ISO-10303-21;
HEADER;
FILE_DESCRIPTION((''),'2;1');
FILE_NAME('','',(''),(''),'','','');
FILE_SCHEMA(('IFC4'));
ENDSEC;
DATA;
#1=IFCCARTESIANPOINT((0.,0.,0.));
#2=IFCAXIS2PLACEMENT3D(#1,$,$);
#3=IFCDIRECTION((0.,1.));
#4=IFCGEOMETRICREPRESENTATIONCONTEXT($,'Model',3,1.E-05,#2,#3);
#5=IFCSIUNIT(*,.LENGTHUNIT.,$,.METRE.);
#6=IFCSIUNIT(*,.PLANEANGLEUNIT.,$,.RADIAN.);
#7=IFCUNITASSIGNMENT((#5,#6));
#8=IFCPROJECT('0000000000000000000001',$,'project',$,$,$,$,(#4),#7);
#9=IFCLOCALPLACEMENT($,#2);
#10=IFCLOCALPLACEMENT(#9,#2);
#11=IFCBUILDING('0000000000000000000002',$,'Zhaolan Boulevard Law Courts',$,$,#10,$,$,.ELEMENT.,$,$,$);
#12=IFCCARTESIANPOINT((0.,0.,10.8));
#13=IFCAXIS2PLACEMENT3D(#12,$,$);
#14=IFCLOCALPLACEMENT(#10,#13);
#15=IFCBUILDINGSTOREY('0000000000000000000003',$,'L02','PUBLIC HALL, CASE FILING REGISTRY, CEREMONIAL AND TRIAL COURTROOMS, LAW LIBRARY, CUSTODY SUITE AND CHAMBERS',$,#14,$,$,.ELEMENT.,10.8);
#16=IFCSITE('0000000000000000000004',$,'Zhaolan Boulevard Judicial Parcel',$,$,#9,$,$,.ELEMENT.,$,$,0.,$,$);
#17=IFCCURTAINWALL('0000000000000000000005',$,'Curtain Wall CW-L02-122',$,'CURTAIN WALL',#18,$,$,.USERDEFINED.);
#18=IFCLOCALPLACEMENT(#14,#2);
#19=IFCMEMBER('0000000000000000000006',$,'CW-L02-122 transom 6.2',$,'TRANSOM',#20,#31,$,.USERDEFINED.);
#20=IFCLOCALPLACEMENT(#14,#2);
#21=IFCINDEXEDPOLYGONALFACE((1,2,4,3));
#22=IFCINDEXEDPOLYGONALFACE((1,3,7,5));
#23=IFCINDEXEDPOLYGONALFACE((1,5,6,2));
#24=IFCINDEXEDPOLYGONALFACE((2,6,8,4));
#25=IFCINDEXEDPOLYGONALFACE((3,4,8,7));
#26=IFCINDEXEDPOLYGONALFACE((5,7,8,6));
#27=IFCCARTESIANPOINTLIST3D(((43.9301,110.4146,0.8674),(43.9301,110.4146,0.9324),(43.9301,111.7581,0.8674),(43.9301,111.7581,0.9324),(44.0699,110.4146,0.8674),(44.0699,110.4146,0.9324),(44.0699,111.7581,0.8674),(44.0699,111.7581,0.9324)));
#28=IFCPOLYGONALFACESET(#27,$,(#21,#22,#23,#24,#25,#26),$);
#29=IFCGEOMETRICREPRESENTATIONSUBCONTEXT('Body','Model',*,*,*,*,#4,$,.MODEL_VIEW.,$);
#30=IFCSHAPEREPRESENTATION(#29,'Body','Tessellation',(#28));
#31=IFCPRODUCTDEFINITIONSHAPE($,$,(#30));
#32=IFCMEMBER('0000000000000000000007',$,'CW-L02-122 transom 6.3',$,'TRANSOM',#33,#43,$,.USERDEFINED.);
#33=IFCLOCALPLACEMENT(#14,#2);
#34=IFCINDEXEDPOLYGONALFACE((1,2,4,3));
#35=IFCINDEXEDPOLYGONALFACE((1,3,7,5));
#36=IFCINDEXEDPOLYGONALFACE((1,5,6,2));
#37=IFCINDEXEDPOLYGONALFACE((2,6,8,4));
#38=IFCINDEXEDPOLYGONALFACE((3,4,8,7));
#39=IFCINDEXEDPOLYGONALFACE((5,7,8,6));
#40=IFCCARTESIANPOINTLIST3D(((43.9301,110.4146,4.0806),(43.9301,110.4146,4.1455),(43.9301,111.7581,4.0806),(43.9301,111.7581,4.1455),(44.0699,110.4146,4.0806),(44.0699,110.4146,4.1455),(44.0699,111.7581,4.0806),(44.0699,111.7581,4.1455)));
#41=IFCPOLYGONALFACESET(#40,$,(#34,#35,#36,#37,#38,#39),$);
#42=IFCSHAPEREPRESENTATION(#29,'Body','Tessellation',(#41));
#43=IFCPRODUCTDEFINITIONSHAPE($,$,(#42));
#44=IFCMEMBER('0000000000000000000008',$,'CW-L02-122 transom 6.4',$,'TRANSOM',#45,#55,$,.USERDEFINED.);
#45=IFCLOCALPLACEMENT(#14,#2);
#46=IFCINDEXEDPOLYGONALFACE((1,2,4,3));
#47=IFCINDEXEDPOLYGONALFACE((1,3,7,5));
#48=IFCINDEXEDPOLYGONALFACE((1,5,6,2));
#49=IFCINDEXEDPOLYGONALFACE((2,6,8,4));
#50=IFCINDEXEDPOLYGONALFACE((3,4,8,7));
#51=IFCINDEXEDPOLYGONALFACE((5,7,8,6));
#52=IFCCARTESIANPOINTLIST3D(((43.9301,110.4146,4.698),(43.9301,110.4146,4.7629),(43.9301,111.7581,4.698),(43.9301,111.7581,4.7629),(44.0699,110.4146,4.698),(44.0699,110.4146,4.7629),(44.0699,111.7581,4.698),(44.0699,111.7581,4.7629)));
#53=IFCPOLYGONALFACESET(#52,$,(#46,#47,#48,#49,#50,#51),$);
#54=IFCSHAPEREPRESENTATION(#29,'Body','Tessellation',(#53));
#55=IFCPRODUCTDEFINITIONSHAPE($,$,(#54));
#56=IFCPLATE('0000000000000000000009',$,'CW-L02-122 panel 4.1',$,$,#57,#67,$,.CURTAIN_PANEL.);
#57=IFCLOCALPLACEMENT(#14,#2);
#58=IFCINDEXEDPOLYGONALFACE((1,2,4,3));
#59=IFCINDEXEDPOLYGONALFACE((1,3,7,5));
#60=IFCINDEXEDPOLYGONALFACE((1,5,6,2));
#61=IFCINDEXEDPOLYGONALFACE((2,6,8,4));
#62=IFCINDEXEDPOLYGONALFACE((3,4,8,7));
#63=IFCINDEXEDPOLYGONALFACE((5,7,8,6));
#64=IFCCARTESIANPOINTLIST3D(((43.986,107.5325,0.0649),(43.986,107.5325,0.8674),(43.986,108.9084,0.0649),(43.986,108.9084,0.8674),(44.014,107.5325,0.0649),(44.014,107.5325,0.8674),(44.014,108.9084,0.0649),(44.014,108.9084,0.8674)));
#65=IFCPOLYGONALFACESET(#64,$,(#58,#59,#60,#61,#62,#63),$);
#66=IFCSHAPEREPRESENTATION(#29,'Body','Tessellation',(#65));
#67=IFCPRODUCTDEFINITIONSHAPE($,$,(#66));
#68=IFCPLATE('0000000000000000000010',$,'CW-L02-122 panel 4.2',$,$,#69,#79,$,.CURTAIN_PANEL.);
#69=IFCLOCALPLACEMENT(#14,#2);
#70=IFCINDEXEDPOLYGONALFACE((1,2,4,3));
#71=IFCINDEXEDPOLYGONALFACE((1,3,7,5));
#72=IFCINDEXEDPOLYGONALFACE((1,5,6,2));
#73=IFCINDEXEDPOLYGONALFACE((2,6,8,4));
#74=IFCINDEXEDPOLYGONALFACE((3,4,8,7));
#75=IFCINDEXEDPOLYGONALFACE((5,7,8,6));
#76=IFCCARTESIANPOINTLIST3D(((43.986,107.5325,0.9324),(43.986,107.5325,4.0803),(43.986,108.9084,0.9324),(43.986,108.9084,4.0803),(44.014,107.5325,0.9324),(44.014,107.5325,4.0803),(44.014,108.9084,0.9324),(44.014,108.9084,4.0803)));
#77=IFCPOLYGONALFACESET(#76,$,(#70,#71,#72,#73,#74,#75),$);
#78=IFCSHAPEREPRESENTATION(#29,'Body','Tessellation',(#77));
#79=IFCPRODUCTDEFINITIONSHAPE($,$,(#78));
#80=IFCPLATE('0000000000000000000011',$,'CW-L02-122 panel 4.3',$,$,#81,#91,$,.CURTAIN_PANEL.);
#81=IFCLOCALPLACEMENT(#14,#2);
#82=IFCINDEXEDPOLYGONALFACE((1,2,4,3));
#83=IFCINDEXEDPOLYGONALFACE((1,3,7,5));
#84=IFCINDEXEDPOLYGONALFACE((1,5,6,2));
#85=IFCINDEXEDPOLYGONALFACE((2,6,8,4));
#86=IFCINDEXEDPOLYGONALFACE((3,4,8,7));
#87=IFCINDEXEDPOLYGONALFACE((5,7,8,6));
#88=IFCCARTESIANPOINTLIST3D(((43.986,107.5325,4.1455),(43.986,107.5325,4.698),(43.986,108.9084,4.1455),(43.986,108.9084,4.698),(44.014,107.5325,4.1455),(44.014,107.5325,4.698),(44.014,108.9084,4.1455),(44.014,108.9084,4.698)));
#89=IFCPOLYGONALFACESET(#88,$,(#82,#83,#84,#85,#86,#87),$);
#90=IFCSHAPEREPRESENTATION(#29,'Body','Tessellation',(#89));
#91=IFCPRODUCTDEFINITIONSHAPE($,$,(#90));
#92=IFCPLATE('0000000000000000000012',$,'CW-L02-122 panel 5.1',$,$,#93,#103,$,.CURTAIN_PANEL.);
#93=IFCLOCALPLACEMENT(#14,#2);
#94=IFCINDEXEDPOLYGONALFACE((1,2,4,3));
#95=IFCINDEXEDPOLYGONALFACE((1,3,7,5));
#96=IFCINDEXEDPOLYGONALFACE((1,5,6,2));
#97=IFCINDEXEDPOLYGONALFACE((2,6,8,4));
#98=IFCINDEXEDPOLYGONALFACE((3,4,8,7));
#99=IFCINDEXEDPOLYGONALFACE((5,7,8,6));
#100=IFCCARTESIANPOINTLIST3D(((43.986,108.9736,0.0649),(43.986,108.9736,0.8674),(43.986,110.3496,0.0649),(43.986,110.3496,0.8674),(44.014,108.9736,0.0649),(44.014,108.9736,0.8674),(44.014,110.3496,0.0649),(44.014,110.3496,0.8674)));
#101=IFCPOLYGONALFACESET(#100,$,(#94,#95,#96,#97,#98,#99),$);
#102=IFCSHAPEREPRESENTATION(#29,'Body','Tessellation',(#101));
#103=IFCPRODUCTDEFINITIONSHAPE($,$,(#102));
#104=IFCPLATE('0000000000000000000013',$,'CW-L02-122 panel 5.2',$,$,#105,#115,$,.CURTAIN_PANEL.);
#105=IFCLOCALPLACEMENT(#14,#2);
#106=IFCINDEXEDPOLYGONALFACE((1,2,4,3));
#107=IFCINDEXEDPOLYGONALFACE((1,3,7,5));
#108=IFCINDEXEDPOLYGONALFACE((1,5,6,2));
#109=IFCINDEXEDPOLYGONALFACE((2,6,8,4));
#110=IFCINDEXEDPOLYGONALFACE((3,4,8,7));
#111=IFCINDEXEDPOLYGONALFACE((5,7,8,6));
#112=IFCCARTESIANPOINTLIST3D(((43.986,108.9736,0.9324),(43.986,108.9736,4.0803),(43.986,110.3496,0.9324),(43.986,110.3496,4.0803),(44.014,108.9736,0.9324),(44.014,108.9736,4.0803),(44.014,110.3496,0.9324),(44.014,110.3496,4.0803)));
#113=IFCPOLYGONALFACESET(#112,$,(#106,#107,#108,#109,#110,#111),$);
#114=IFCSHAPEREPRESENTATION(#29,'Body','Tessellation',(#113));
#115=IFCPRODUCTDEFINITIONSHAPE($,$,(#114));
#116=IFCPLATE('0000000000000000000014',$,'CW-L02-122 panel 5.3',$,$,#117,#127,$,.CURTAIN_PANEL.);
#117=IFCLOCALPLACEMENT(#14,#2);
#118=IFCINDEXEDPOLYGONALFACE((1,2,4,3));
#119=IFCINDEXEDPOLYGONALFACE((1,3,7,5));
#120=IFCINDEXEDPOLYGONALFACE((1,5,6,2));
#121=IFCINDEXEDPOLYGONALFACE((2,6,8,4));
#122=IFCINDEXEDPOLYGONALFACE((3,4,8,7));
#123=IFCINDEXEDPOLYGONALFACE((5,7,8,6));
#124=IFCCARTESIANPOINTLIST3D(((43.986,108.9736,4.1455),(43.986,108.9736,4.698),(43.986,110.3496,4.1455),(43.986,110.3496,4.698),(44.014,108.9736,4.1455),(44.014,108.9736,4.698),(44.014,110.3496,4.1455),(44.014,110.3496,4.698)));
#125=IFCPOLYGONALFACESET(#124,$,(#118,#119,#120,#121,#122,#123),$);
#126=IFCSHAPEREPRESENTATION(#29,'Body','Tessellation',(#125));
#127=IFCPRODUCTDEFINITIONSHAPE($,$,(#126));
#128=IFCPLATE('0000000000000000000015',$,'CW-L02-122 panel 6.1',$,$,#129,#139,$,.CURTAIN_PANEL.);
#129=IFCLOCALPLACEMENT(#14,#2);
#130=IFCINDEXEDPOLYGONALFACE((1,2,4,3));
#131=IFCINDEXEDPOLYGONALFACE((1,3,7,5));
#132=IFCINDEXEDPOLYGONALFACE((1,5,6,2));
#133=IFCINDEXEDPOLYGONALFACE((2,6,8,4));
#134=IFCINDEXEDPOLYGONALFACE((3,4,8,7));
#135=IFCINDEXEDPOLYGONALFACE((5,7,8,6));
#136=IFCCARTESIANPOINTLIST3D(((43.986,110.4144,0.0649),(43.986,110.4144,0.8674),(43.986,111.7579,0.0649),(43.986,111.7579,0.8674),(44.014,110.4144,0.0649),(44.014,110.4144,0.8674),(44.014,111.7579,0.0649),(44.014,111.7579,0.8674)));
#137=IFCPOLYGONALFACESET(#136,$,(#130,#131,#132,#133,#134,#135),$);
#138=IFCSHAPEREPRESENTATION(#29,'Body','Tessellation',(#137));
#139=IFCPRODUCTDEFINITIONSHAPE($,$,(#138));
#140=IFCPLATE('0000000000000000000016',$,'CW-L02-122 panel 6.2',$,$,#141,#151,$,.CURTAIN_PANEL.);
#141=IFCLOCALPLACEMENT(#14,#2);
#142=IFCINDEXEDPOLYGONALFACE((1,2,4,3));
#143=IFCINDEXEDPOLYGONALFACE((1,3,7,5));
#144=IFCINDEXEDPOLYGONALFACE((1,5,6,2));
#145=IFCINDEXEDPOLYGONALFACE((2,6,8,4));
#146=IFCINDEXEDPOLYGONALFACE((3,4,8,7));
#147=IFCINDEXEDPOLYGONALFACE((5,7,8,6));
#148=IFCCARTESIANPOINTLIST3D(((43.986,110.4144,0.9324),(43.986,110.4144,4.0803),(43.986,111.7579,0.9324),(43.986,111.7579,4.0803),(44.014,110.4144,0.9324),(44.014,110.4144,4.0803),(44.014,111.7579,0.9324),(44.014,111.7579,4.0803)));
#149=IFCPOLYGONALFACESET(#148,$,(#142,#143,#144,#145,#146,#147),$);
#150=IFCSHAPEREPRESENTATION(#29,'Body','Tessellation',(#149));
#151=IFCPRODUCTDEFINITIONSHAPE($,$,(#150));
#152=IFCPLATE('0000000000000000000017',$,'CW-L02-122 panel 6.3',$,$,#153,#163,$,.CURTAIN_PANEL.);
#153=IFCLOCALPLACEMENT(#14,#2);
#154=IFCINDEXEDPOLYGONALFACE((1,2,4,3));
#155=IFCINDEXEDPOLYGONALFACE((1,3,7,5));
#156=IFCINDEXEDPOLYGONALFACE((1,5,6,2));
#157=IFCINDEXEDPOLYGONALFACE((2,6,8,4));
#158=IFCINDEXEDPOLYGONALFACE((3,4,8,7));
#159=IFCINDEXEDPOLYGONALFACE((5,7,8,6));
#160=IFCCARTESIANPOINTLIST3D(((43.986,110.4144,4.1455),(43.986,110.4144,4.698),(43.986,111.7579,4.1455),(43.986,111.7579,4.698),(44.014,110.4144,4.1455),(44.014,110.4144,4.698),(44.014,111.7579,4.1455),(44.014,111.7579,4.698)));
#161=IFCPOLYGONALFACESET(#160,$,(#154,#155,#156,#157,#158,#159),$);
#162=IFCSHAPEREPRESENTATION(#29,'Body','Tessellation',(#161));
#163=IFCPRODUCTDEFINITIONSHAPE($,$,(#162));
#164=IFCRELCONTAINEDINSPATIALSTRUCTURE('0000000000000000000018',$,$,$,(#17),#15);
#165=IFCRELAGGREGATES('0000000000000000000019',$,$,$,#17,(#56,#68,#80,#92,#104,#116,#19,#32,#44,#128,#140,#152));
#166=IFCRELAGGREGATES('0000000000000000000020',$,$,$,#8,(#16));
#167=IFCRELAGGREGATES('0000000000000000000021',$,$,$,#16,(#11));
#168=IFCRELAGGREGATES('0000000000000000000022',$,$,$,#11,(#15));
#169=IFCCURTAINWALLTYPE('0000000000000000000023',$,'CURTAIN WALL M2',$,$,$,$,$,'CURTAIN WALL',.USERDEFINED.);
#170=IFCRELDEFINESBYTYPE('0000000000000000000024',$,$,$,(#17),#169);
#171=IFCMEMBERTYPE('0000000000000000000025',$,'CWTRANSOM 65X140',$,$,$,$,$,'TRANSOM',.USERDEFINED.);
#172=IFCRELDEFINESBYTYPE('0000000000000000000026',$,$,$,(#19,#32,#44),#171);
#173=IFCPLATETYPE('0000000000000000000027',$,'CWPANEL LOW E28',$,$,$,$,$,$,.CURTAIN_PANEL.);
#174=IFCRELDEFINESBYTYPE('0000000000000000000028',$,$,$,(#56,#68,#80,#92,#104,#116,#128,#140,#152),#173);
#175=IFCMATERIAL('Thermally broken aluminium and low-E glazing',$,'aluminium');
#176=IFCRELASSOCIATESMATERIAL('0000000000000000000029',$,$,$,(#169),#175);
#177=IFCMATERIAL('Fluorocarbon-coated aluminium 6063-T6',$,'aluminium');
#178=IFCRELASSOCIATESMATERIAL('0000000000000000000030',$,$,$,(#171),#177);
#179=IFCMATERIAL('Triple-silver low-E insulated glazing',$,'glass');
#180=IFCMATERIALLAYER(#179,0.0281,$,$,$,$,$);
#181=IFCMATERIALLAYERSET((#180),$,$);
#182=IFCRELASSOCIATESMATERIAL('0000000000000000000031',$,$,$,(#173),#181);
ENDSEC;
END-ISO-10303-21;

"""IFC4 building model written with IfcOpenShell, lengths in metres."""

from ifc_helpers import new_model, si_unit, direction, frame, origin, origin_2d, place, context, subcontext, project, spatial, rectangle, extrude, material, layer, layer_set, material_profile, profile_set, type_object, element, aggregate, save


model = new_model("IFC4")

# Units and contexts
model_context = context("Model", 3, precision=1e-05, world=origin(), true_north=direction((0.0, 1.0)))
body_context = subcontext(model_context, "Body", "Model", "MODEL_VIEW")
ifc_project = project(units=[si_unit("LENGTHUNIT", "METRE"), si_unit("PLANEANGLEUNIT", "RADIAN")], contexts=[model_context])

# Site, building, storey
site_placement = place(None, origin())
site = spatial("IfcSite", under=ifc_project, at=site_placement, Name="Zhaolan Boulevard Judicial Parcel", CompositionType="ELEMENT", RefElevation=0.0)
building_placement = place(site_placement, origin())
building = spatial("IfcBuilding", under=site, at=building_placement, Name="Zhaolan Boulevard Law Courts", CompositionType="ELEMENT")
storey_placement = place(building_placement, frame((0.0, 0.0, 10.8)))
storey = spatial("IfcBuildingStorey", under=building, at=storey_placement, Name="L02", Description="PUBLIC HALL, CASE FILING REGISTRY, CEREMONIAL AND TRIAL COURTROOMS, LAW LIBRARY, CUSTODY SUITE AND CHAMBERS", CompositionType="ELEMENT", Elevation=10.8)

# Curtain wall, members, plates
ifc_material_1 = material(Name="Thermally broken aluminium and low-E glazing", Category="aluminium")
curtain_wall_type = type_object("IfcCurtainWallType", Name="CURTAIN WALL M2", ElementType="CURTAIN WALL", PredefinedType="USERDEFINED", material=ifc_material_1)
curtain_wall_placement = place(storey_placement, origin())
curtain_wall = element("IfcCurtainWall", 1, at=curtain_wall_placement, inside=storey, type_object=curtain_wall_type, Name="Curtain Wall CW-L02-122", ObjectType="CURTAIN WALL", PredefinedType="USERDEFINED")
ifc_material_2 = material(Name="Fluorocarbon-coated aluminium 6063-T6", Category="aluminium")
ifc_material_profile_1 = material_profile(ifc_material_2, rectangle(XDim=0.1399, YDim=0.0649, at=origin_2d()), Name="AL65x140")
ifc_profile_set_1 = profile_set([ifc_material_profile_1], Name="Fluorocarbon-coated aluminium 6063-T6")
member_type_1 = type_object("IfcMemberType", Name="CWTRANSOM 65X140", ElementType="TRANSOM", PredefinedType="USERDEFINED", material=ifc_profile_set_1)
member_1_placement = place(storey_placement, frame((44.0, 110.4146, 0.8999), z_axis=(0.0, 1.0, 0.0), x_axis=(-1.0, 0.0, 0.0)))
member_1 = element("IfcMember", 2, at=member_1_placement, type_object=member_type_1, Name="CW-L02-122 transom 6.2", ObjectType="TRANSOM", PredefinedType="USERDEFINED", context=body_context, shape_type="SweptSolid", body=[
    extrude(rectangle(XDim=0.1399, YDim=0.0649, at=origin_2d()), origin(), (0.0, 0.0, 1.0), 1.3435),
])
member_2_placement = place(storey_placement, frame((44.0, 110.4146, 4.113), z_axis=(0.0, 1.0, 0.0), x_axis=(-1.0, 0.0, 0.0)))
member_2 = element("IfcMember", 3, at=member_2_placement, type_object=member_type_1, Name="CW-L02-122 transom 6.3", ObjectType="TRANSOM", PredefinedType="USERDEFINED", context=body_context, shape_type="SweptSolid", body=[
    extrude(rectangle(XDim=0.1399, YDim=0.0649, at=origin_2d()), origin(), (0.0, 0.0, 1.0), 1.3435),
])
member_3_placement = place(storey_placement, frame((44.0, 110.4146, 4.7305), z_axis=(0.0, 1.0, 0.0), x_axis=(-1.0, 0.0, 0.0)))
member_3 = element("IfcMember", 4, at=member_3_placement, type_object=member_type_1, Name="CW-L02-122 transom 6.4", ObjectType="TRANSOM", PredefinedType="USERDEFINED", context=body_context, shape_type="SweptSolid", body=[
    extrude(rectangle(XDim=0.1399, YDim=0.0649, at=origin_2d()), origin(), (0.0, 0.0, 1.0), 1.3435),
])
ifc_material_3 = material(Name="Triple-silver low-E insulated glazing", Category="glass")
ifc_layer = layer(ifc_material_3, 0.0281)
ifc_layer_set = layer_set([ifc_layer])
plate_type = type_object("IfcPlateType", Name="CWPANEL LOW E28", PredefinedType="CURTAIN_PANEL", material=ifc_layer_set)
plate_1_placement = place(storey_placement, frame((44.0, 108.2205, 0.0649), z_axis=(0.0, 0.0, 1.0), x_axis=(0.0, 1.0, 0.0)))
plate_1 = element("IfcPlate", 5, at=plate_1_placement, type_object=plate_type, Name="CW-L02-122 panel 4.1", PredefinedType="CURTAIN_PANEL", context=body_context, shape_type="SweptSolid", body=[
    extrude(rectangle(XDim=1.376, YDim=0.0281, at=origin_2d()), origin(), (0.0, 0.0, 1.0), 0.8025),
])
plate_2_placement = place(storey_placement, frame((44.0, 108.2205, 0.9324), z_axis=(0.0, 0.0, 1.0), x_axis=(0.0, 1.0, 0.0)))
plate_2 = element("IfcPlate", 6, at=plate_2_placement, type_object=plate_type, Name="CW-L02-122 panel 4.2", PredefinedType="CURTAIN_PANEL", context=body_context, shape_type="SweptSolid", body=[
    extrude(rectangle(XDim=1.376, YDim=0.0281, at=origin_2d()), origin(), (0.0, 0.0, 1.0), 3.1479),
])
plate_3_placement = place(storey_placement, frame((44.0, 108.2205, 4.1455), z_axis=(0.0, 0.0, 1.0), x_axis=(0.0, 1.0, 0.0)))
plate_3 = element("IfcPlate", 7, at=plate_3_placement, type_object=plate_type, Name="CW-L02-122 panel 4.3", PredefinedType="CURTAIN_PANEL", context=body_context, shape_type="SweptSolid", body=[
    extrude(rectangle(XDim=1.376, YDim=0.0281, at=origin_2d()), origin(), (0.0, 0.0, 1.0), 0.5525),
])
plate_4_placement = place(storey_placement, frame((44.0, 109.6616, 0.0649), z_axis=(0.0, 0.0, 1.0), x_axis=(0.0, 1.0, 0.0)))
plate_4 = element("IfcPlate", 8, at=plate_4_placement, type_object=plate_type, Name="CW-L02-122 panel 5.1", PredefinedType="CURTAIN_PANEL", context=body_context, shape_type="SweptSolid", body=[
    extrude(rectangle(XDim=1.376, YDim=0.0281, at=origin_2d()), origin(), (0.0, 0.0, 1.0), 0.8025),
])
plate_5_placement = place(storey_placement, frame((44.0, 109.6616, 0.9324), z_axis=(0.0, 0.0, 1.0), x_axis=(0.0, 1.0, 0.0)))
plate_5 = element("IfcPlate", 9, at=plate_5_placement, type_object=plate_type, Name="CW-L02-122 panel 5.2", PredefinedType="CURTAIN_PANEL", context=body_context, shape_type="SweptSolid", body=[
    extrude(rectangle(XDim=1.376, YDim=0.0281, at=origin_2d()), origin(), (0.0, 0.0, 1.0), 3.1479),
])
plate_6_placement = place(storey_placement, frame((44.0, 109.6616, 4.1455), z_axis=(0.0, 0.0, 1.0), x_axis=(0.0, 1.0, 0.0)))
plate_6 = element("IfcPlate", 10, at=plate_6_placement, type_object=plate_type, Name="CW-L02-122 panel 5.3", PredefinedType="CURTAIN_PANEL", context=body_context, shape_type="SweptSolid", body=[
    extrude(rectangle(XDim=1.376, YDim=0.0281, at=origin_2d()), origin(), (0.0, 0.0, 1.0), 0.5525),
])
plate_7_placement = place(storey_placement, frame((44.0, 111.0862, 0.0649), z_axis=(0.0, 0.0, 1.0), x_axis=(0.0, 1.0, 0.0)))
plate_7 = element("IfcPlate", 11, at=plate_7_placement, type_object=plate_type, Name="CW-L02-122 panel 6.1", PredefinedType="CURTAIN_PANEL", context=body_context, shape_type="SweptSolid", body=[
    extrude(rectangle(XDim=1.3435, YDim=0.0281, at=origin_2d()), origin(), (0.0, 0.0, 1.0), 0.8025),
])
plate_8_placement = place(storey_placement, frame((44.0, 111.0862, 0.9324), z_axis=(0.0, 0.0, 1.0), x_axis=(0.0, 1.0, 0.0)))
plate_8 = element("IfcPlate", 12, at=plate_8_placement, type_object=plate_type, Name="CW-L02-122 panel 6.2", PredefinedType="CURTAIN_PANEL", context=body_context, shape_type="SweptSolid", body=[
    extrude(rectangle(XDim=1.3435, YDim=0.0281, at=origin_2d()), origin(), (0.0, 0.0, 1.0), 3.1479),
])
plate_9_placement = place(storey_placement, frame((44.0, 111.0862, 4.1455), z_axis=(0.0, 0.0, 1.0), x_axis=(0.0, 1.0, 0.0)))
plate_9 = element("IfcPlate", 13, at=plate_9_placement, type_object=plate_type, Name="CW-L02-122 panel 6.3", PredefinedType="CURTAIN_PANEL", context=body_context, shape_type="SweptSolid", body=[
    extrude(rectangle(XDim=1.3435, YDim=0.0281, at=origin_2d()), origin(), (0.0, 0.0, 1.0), 0.5525),
])
aggregate(curtain_wall, [plate_1, plate_2, plate_3, plate_4, plate_5, plate_6, member_1, member_2, member_3, plate_7, plate_8, plate_9])

save(model, "model.ifc")
